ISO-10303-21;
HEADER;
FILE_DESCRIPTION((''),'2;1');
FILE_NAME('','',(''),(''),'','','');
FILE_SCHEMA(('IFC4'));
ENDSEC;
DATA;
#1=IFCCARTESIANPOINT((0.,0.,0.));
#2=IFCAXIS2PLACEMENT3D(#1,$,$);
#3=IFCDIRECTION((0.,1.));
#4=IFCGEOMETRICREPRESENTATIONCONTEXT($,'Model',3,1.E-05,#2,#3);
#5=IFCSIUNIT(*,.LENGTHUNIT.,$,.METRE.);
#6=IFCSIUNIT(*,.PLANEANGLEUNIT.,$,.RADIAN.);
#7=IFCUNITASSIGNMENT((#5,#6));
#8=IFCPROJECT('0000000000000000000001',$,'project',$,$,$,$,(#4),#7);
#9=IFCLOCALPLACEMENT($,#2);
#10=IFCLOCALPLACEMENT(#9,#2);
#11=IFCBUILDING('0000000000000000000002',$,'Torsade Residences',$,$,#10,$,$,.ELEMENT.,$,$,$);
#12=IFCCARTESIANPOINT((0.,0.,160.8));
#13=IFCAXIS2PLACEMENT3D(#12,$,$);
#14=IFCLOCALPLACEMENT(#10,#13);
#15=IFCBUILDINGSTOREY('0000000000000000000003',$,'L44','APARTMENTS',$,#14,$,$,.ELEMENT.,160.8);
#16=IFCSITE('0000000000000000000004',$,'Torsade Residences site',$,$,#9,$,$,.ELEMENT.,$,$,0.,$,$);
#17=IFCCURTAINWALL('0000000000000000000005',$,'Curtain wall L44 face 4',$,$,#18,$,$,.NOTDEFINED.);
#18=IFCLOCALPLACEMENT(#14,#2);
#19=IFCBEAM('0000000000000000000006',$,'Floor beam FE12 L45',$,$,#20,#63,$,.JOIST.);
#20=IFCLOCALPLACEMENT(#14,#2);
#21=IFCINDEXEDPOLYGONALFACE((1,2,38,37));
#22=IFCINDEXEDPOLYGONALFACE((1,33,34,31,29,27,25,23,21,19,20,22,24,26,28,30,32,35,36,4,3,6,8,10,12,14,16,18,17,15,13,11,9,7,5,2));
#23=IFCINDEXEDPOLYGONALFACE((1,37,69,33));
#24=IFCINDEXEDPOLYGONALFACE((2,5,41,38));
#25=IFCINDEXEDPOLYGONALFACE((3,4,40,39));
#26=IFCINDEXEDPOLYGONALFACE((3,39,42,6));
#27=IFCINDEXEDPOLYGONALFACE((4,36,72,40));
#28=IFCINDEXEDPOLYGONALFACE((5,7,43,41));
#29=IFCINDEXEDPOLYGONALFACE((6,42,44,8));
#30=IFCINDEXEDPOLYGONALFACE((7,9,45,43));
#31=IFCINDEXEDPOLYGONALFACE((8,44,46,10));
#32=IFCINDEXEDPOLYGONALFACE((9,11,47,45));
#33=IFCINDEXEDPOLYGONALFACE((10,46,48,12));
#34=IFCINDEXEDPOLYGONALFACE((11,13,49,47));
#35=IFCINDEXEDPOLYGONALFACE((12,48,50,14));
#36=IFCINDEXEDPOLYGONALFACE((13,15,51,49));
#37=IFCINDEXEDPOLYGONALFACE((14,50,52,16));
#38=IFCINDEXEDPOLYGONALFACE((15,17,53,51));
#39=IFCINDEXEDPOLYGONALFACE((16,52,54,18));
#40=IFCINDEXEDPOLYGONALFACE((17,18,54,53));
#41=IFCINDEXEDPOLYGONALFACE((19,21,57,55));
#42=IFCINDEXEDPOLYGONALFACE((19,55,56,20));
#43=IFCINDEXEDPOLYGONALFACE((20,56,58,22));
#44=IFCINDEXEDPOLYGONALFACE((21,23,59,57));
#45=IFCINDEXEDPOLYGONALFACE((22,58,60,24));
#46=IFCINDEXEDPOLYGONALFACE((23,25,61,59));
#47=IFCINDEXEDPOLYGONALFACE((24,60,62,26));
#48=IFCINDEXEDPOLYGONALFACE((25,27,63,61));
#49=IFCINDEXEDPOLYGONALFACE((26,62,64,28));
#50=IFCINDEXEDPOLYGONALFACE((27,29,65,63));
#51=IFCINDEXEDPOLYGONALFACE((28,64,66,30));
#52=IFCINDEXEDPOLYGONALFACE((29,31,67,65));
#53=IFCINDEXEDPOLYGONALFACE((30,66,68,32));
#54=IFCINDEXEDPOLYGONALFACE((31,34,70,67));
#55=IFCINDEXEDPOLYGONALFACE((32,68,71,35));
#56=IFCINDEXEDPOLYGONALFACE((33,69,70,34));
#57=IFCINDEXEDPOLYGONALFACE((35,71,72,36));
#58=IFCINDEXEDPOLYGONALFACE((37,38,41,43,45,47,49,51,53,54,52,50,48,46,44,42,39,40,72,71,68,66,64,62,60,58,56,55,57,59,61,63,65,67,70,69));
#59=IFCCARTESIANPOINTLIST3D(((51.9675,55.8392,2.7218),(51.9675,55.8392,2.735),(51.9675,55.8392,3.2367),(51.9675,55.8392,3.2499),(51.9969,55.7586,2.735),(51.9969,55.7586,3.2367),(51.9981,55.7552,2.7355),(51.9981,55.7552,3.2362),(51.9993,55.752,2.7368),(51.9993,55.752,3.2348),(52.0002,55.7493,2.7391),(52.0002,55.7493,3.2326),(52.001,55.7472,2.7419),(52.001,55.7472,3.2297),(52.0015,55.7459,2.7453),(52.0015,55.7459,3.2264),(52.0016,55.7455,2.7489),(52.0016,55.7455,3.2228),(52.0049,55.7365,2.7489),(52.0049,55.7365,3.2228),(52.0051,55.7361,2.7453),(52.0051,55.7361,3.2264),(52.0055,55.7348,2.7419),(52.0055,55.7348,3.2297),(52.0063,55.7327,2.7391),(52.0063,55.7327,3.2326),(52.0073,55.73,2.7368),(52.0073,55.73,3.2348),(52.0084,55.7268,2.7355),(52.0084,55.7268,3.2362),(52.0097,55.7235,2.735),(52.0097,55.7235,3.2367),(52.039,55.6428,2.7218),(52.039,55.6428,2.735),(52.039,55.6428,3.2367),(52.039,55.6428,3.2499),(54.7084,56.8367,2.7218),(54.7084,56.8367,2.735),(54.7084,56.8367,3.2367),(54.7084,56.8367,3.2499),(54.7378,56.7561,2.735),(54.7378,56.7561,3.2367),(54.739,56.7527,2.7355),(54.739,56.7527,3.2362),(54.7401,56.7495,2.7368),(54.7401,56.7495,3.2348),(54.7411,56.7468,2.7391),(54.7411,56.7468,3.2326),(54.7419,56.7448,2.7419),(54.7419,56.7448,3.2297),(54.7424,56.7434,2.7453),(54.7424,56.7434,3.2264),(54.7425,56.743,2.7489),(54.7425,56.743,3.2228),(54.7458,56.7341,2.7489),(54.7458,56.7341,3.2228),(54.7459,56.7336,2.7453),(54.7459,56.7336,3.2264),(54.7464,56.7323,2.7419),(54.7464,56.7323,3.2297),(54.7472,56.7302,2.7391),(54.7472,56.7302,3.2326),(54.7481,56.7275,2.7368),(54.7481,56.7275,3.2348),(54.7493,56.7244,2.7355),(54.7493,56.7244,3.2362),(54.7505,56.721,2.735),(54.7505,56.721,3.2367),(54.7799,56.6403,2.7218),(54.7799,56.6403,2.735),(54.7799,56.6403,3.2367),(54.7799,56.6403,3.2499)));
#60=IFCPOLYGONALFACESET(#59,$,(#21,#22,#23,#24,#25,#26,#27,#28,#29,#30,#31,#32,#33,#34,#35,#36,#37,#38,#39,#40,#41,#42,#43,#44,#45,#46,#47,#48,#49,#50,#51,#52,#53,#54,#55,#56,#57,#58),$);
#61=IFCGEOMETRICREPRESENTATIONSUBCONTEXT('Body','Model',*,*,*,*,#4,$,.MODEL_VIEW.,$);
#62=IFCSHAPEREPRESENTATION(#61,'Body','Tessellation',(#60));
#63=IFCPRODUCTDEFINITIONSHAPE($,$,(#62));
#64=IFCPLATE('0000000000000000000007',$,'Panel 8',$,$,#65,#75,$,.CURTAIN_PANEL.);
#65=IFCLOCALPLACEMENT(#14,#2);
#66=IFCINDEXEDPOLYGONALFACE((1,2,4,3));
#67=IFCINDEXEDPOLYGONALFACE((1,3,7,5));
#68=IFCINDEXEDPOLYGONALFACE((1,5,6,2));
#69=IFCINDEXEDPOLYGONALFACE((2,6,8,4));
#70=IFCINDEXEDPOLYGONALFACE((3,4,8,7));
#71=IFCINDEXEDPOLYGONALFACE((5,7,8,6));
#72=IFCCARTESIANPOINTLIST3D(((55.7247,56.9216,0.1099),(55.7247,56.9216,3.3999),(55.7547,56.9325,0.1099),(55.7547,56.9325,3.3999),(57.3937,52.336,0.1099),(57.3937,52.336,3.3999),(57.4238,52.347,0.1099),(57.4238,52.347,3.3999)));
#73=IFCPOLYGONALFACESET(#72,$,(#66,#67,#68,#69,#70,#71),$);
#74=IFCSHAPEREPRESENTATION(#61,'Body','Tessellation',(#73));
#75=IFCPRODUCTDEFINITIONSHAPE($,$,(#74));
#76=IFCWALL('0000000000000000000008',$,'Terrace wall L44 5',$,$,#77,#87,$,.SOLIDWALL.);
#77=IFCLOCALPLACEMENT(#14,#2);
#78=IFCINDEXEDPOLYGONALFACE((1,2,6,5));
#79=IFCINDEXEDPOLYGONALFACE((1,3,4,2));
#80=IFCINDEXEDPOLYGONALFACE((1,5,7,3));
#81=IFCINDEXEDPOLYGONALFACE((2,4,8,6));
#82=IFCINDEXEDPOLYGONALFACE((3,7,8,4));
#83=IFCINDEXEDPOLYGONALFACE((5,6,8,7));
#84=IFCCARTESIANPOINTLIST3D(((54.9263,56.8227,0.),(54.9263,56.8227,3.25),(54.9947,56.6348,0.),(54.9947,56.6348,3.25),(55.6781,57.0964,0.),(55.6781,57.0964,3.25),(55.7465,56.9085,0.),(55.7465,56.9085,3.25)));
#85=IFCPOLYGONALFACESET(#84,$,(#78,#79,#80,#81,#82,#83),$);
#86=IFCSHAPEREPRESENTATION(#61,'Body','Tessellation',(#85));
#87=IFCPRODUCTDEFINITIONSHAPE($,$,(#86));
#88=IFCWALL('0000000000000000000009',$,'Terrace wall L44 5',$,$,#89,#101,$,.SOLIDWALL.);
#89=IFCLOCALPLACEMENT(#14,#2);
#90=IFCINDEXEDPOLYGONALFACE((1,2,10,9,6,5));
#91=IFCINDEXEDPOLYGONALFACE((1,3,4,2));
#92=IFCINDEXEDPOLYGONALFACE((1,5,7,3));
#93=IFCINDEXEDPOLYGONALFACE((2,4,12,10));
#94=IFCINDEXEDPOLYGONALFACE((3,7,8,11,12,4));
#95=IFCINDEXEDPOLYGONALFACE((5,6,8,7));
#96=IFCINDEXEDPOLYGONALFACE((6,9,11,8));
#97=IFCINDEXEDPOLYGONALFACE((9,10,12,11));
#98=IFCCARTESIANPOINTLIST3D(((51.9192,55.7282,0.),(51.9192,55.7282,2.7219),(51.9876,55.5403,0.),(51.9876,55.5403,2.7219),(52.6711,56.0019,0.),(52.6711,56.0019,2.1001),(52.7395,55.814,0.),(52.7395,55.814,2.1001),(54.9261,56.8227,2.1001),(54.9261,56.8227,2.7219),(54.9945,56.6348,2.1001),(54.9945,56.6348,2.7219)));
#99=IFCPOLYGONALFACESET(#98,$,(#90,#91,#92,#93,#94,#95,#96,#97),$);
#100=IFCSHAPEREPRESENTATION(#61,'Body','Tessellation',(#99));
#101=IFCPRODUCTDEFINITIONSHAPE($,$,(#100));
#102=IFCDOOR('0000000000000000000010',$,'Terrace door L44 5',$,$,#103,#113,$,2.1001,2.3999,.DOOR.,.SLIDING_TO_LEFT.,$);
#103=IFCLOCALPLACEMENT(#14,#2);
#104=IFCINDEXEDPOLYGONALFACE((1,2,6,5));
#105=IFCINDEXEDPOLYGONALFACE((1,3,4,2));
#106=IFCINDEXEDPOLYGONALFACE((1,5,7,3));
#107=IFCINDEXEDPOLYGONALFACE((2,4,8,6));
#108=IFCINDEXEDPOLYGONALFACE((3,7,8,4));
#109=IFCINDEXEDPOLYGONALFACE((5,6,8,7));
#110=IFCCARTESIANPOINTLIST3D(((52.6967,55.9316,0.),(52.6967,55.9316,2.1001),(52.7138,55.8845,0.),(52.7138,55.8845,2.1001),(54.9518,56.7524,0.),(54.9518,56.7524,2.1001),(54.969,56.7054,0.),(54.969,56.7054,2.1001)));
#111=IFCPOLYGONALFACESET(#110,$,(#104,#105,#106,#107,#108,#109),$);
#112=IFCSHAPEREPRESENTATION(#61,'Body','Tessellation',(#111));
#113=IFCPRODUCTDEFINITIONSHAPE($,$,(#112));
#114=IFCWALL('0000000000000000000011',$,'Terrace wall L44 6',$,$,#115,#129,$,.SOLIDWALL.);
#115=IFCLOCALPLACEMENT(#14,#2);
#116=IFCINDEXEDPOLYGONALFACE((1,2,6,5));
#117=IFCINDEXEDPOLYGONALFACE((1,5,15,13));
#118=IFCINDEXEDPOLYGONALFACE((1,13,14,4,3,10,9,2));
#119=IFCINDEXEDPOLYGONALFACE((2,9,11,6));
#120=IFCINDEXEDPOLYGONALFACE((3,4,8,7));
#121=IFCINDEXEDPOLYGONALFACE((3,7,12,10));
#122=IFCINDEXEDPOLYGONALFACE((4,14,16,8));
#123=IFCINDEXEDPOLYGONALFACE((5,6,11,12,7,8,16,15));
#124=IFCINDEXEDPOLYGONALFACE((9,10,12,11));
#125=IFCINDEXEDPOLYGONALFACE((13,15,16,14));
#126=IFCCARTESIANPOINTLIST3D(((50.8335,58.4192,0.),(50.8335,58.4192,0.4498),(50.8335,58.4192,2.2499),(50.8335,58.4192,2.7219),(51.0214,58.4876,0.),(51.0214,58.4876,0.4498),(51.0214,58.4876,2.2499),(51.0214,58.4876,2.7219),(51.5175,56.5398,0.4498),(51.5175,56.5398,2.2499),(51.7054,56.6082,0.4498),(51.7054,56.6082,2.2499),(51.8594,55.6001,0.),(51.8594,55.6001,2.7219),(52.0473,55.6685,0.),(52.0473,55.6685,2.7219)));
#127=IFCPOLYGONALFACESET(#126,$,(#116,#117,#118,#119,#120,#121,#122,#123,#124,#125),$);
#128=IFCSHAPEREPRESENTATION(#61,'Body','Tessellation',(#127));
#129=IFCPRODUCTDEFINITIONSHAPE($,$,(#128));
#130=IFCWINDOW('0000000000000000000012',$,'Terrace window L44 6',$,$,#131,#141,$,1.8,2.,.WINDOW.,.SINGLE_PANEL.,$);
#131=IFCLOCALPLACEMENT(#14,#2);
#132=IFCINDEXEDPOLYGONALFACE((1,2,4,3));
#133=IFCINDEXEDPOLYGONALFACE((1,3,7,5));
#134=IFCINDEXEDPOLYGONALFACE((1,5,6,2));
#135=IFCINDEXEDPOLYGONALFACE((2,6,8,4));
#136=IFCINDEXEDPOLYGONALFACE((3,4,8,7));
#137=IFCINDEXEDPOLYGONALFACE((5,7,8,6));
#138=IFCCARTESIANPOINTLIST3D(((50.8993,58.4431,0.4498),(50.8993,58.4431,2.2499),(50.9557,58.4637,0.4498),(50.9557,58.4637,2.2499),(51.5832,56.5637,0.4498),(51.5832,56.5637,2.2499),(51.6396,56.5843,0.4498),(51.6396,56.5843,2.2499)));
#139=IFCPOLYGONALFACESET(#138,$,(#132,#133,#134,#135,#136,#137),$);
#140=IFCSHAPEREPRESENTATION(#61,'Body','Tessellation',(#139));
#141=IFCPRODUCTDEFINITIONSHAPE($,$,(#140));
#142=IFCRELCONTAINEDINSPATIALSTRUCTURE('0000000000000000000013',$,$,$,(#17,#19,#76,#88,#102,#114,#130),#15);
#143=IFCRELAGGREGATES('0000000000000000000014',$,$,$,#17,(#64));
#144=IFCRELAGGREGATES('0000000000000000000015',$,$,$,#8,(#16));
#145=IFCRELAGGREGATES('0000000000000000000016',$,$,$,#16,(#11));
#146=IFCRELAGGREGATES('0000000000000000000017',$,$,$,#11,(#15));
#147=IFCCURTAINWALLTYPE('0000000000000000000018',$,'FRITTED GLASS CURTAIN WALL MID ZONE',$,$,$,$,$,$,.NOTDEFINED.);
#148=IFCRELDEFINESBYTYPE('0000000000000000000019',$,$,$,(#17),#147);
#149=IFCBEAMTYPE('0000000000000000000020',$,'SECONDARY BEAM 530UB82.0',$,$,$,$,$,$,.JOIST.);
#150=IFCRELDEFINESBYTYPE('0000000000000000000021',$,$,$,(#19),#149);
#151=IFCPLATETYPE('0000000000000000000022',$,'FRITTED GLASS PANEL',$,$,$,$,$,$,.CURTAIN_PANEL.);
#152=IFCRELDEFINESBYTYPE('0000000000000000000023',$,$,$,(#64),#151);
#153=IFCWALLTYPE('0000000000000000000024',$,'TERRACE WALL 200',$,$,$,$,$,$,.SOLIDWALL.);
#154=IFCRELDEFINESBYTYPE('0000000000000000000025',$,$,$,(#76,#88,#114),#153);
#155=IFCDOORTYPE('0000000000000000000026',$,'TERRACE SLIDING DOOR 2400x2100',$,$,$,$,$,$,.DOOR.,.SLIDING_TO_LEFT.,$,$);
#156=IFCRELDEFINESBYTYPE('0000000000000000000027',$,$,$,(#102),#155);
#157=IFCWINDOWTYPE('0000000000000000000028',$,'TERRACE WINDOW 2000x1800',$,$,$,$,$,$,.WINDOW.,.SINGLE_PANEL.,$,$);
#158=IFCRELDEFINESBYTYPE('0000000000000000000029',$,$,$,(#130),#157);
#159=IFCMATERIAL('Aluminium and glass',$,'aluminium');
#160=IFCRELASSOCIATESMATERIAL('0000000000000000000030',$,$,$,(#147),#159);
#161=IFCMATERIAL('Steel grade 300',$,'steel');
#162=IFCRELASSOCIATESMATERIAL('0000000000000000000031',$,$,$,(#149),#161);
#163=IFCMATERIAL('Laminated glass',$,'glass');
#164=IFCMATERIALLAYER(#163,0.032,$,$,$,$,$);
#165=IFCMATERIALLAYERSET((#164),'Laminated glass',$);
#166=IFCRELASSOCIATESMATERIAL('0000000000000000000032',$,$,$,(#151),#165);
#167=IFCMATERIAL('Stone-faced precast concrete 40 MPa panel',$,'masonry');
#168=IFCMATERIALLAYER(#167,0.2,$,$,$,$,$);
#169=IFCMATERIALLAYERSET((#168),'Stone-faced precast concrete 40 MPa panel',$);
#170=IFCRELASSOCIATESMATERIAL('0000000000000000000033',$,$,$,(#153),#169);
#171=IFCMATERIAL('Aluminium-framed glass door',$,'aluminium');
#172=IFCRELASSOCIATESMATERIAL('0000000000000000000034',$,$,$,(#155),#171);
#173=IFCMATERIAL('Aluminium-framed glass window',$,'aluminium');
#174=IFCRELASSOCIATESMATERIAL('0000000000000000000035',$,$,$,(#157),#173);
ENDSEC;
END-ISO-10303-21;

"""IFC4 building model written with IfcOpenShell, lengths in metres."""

from ifc_helpers import new_model, si_unit, direction, frame, frame_2d, origin, origin_2d, place, context, subcontext, project, spatial, rectangle, i_section, extrude, material, layer, layer_set, material_profile, profile_set, type_object, element, fill, aggregate, save


model = new_model("IFC4")

# Units and contexts
model_context = context("Model", 3, precision=1e-05, world=origin(), true_north=direction((0.0, 1.0)))
body_context = subcontext(model_context, "Body", "Model", "MODEL_VIEW")
ifc_project = project(units=[si_unit("LENGTHUNIT", "METRE"), si_unit("PLANEANGLEUNIT", "RADIAN")], contexts=[model_context])

# Site, building, storey
site_placement = place(None, origin())
site = spatial("IfcSite", under=ifc_project, at=site_placement, Name="Torsade Residences site", CompositionType="ELEMENT", RefElevation=0.0)
building_placement = place(site_placement, origin())
building = spatial("IfcBuilding", under=site, at=building_placement, Name="Torsade Residences", CompositionType="ELEMENT")
storey_placement = place(building_placement, frame((0.0, 0.0, 160.8)))
storey = spatial("IfcBuildingStorey", under=building, at=storey_placement, Name="L44", Description="APARTMENTS", CompositionType="ELEMENT", Elevation=160.8)

# Curtain wall
ifc_material_1 = material(Name="Aluminium and glass", Category="aluminium")
curtain_wall_type = type_object("IfcCurtainWallType", Name="FRITTED GLASS CURTAIN WALL MID ZONE", PredefinedType="NOTDEFINED", material=ifc_material_1)
curtain_wall_placement = place(storey_placement, origin())
curtain_wall = element("IfcCurtainWall", 1, at=curtain_wall_placement, inside=storey, type_object=curtain_wall_type, Name="Curtain wall L44 face 4", PredefinedType="NOTDEFINED")

# Beam
ifc_material_2 = material(Name="Steel grade 300", Category="steel")
ifc_material_profile_1 = material_profile(ifc_material_2, i_section(OverallWidth=0.209, OverallDepth=0.5281, WebThickness=0.0095, FlangeThickness=0.0132, FilletRadius=0.0139, at=origin_2d()), Name="530UB82.0")
ifc_profile_set_1 = profile_set([ifc_material_profile_1], Name="Steel grade 300")
beam_type_1 = type_object("IfcBeamType", Name="SECONDARY BEAM 530UB82.0", PredefinedType="JOIST", material=ifc_profile_set_1)
beam_1_placement = place(storey_placement, frame((54.7441, 56.7385, 2.9858), z_axis=(-0.939701, -0.341998, 0.0), x_axis=(0.341998, -0.939701, 0.0)))
element("IfcBeam", 2, at=beam_1_placement, inside=storey, type_object=beam_type_1, Name="Floor beam FE12 L45", PredefinedType="JOIST", context=body_context, shape_type="SweptSolid", body=[
    extrude(i_section(OverallWidth=0.209, OverallDepth=0.5281, WebThickness=0.0095, FlangeThickness=0.0132, FilletRadius=0.0139, at=origin_2d()), origin(), (0.0, 0.0, 1.0), 2.9167),
])

# Plate
ifc_material_3 = material(Name="Laminated glass", Category="glass")
ifc_layer_1 = layer(ifc_material_3, 0.032)
ifc_layer_set_1 = layer_set([ifc_layer_1], Name="Laminated glass")
plate_type = type_object("IfcPlateType", Name="FRITTED GLASS PANEL", PredefinedType="CURTAIN_PANEL", material=ifc_layer_set_1)
plate_placement = place(storey_placement, frame((56.5742, 54.6343, 0.1099), z_axis=(0.0, 0.0, 1.0), x_axis=(-0.34202, 0.939693, 0.0)))
plate = element("IfcPlate", 3, at=plate_placement, type_object=plate_type, Name="Panel 8", PredefinedType="CURTAIN_PANEL", context=body_context, shape_type="SweptSolid", body=[
    extrude(rectangle(XDim=4.8799, YDim=0.032, at=origin_2d()), origin(), (0.0, 0.0, 1.0), 3.29),
])
aggregate(curtain_wall, [plate])

# Wall
ifc_material_4 = material(Name="Stone-faced precast concrete 40 MPa panel", Category="masonry")
ifc_layer_2 = layer(ifc_material_4, 0.2)
ifc_layer_set_2 = layer_set([ifc_layer_2], Name="Stone-faced precast concrete 40 MPa panel")
wall_type = type_object("IfcWallType", Name="TERRACE WALL 200", PredefinedType="SOLIDWALL", material=ifc_layer_set_2)
wall_1_placement = place(storey_placement, frame((55.7122, 57.0024, 0.0), z_axis=(0.0, 0.0, 1.0), x_axis=(-0.93966, -0.342111, 0.0)))
element("IfcWall", 4, at=wall_1_placement, inside=storey, type_object=wall_type, Name="Terrace wall L44 5", PredefinedType="SOLIDWALL", context=body_context, shape_type="SweptSolid", body=[
    extrude(rectangle(XDim=0.8, YDim=0.2, at=frame_2d((0.3999, 0.0))), origin(), (0.0, 0.0, 1.0), 3.25),
])

# Wall, opening, door
wall_2_placement = place(storey_placement, frame((54.9604, 56.7288, 0.0), z_axis=(0.0, 0.0, 1.0), x_axis=(-0.939693, -0.342019, 0.0)))
wall_2 = element("IfcWall", 5, at=wall_2_placement, inside=storey, type_object=wall_type, Name="Terrace wall L44 5", PredefinedType="SOLIDWALL", context=body_context, shape_type="SweptSolid", body=[
    extrude(rectangle(XDim=3.2, YDim=0.2, at=frame_2d((1.6001, 0.0))), origin(), (0.0, 0.0, 1.0), 2.7219),
])
opening_1_placement = place(wall_2_placement, origin())
opening_1 = element("IfcOpeningElement", 6, at=opening_1_placement, cuts=wall_2, PredefinedType="OPENING", context=body_context, shape_type="SweptSolid", body=[
    extrude(rectangle(XDim=2.3999, YDim=2.1001, at=frame_2d((1.2, 1.05))), frame((0.0, 0.1099, 0.0), z_axis=(0.0, -1.0, 0.0), x_axis=(1.0, 0.0, 0.0)), (0.0, 0.0, 1.0), 0.22),
])
ifc_material_5 = material(Name="Aluminium-framed glass door", Category="aluminium")
door_type = type_object("IfcDoorType", Name="TERRACE SLIDING DOOR 2400x2100", OperationType="SLIDING_TO_LEFT", PredefinedType="DOOR", material=ifc_material_5)
door_placement = place(opening_1_placement, origin())
door = element("IfcDoor", 7, at=door_placement, inside=storey, type_object=door_type, Name="Terrace door L44 5", OperationType="SLIDING_TO_LEFT", OverallHeight=2.1001, OverallWidth=2.3999, PredefinedType="DOOR", context=body_context, shape_type="SweptSolid", body=[
    extrude(rectangle(XDim=2.3999, YDim=2.1001, at=frame_2d((1.2, 1.05))), frame((0.0, 0.0249, 0.0), z_axis=(0.0, -1.0, 0.0), x_axis=(1.0, 0.0, 0.0)), (0.0, 0.0, 1.0), 0.05),
])
fill(opening_1, door)

# Wall, opening, window
wall_3_placement = place(storey_placement, frame((51.9534, 55.6343, 0.0), z_axis=(0.0, 0.0, 1.0), x_axis=(-0.341965, 0.939713, 0.0)))
wall_3 = element("IfcWall", 8, at=wall_3_placement, inside=storey, type_object=wall_type, Name="Terrace wall L44 6", PredefinedType="SOLIDWALL", context=body_context, shape_type="SweptSolid", body=[
    extrude(rectangle(XDim=3.0, YDim=0.2, at=frame_2d((1.5, 0.0))), origin(), (0.0, 0.0, 1.0), 2.7219),
])
opening_2_placement = place(wall_3_placement, frame((1.0, 0.0, 0.45)))
opening_2 = element("IfcOpeningElement", 9, at=opening_2_placement, cuts=wall_3, PredefinedType="OPENING", context=body_context, shape_type="SweptSolid", body=[
    extrude(rectangle(XDim=2.0, YDim=1.8, at=frame_2d((1.0, 0.8999))), frame((0.0, 0.1099, 0.0), z_axis=(0.0, -1.0, 0.0), x_axis=(1.0, 0.0, 0.0)), (0.0, 0.0, 1.0), 0.22),
])
ifc_material_6 = material(Name="Aluminium-framed glass window", Category="aluminium")
window_type = type_object("IfcWindowType", Name="TERRACE WINDOW 2000x1800", PartitioningType="SINGLE_PANEL", PredefinedType="WINDOW", material=ifc_material_6)
window_placement = place(opening_2_placement, origin())
window = element("IfcWindow", 10, at=window_placement, inside=storey, type_object=window_type, Name="Terrace window L44 6", OverallHeight=1.8, OverallWidth=2.0, PartitioningType="SINGLE_PANEL", PredefinedType="WINDOW", context=body_context, shape_type="SweptSolid", body=[
    extrude(rectangle(XDim=2.0, YDim=1.8, at=frame_2d((1.0, 0.8999))), frame((0.0, 0.03, 0.0), z_axis=(0.0, -1.0, 0.0), x_axis=(1.0, 0.0, 0.0)), (0.0, 0.0, 1.0), 0.0601),
])
fill(opening_2, window)

save(model, "model.ifc")
